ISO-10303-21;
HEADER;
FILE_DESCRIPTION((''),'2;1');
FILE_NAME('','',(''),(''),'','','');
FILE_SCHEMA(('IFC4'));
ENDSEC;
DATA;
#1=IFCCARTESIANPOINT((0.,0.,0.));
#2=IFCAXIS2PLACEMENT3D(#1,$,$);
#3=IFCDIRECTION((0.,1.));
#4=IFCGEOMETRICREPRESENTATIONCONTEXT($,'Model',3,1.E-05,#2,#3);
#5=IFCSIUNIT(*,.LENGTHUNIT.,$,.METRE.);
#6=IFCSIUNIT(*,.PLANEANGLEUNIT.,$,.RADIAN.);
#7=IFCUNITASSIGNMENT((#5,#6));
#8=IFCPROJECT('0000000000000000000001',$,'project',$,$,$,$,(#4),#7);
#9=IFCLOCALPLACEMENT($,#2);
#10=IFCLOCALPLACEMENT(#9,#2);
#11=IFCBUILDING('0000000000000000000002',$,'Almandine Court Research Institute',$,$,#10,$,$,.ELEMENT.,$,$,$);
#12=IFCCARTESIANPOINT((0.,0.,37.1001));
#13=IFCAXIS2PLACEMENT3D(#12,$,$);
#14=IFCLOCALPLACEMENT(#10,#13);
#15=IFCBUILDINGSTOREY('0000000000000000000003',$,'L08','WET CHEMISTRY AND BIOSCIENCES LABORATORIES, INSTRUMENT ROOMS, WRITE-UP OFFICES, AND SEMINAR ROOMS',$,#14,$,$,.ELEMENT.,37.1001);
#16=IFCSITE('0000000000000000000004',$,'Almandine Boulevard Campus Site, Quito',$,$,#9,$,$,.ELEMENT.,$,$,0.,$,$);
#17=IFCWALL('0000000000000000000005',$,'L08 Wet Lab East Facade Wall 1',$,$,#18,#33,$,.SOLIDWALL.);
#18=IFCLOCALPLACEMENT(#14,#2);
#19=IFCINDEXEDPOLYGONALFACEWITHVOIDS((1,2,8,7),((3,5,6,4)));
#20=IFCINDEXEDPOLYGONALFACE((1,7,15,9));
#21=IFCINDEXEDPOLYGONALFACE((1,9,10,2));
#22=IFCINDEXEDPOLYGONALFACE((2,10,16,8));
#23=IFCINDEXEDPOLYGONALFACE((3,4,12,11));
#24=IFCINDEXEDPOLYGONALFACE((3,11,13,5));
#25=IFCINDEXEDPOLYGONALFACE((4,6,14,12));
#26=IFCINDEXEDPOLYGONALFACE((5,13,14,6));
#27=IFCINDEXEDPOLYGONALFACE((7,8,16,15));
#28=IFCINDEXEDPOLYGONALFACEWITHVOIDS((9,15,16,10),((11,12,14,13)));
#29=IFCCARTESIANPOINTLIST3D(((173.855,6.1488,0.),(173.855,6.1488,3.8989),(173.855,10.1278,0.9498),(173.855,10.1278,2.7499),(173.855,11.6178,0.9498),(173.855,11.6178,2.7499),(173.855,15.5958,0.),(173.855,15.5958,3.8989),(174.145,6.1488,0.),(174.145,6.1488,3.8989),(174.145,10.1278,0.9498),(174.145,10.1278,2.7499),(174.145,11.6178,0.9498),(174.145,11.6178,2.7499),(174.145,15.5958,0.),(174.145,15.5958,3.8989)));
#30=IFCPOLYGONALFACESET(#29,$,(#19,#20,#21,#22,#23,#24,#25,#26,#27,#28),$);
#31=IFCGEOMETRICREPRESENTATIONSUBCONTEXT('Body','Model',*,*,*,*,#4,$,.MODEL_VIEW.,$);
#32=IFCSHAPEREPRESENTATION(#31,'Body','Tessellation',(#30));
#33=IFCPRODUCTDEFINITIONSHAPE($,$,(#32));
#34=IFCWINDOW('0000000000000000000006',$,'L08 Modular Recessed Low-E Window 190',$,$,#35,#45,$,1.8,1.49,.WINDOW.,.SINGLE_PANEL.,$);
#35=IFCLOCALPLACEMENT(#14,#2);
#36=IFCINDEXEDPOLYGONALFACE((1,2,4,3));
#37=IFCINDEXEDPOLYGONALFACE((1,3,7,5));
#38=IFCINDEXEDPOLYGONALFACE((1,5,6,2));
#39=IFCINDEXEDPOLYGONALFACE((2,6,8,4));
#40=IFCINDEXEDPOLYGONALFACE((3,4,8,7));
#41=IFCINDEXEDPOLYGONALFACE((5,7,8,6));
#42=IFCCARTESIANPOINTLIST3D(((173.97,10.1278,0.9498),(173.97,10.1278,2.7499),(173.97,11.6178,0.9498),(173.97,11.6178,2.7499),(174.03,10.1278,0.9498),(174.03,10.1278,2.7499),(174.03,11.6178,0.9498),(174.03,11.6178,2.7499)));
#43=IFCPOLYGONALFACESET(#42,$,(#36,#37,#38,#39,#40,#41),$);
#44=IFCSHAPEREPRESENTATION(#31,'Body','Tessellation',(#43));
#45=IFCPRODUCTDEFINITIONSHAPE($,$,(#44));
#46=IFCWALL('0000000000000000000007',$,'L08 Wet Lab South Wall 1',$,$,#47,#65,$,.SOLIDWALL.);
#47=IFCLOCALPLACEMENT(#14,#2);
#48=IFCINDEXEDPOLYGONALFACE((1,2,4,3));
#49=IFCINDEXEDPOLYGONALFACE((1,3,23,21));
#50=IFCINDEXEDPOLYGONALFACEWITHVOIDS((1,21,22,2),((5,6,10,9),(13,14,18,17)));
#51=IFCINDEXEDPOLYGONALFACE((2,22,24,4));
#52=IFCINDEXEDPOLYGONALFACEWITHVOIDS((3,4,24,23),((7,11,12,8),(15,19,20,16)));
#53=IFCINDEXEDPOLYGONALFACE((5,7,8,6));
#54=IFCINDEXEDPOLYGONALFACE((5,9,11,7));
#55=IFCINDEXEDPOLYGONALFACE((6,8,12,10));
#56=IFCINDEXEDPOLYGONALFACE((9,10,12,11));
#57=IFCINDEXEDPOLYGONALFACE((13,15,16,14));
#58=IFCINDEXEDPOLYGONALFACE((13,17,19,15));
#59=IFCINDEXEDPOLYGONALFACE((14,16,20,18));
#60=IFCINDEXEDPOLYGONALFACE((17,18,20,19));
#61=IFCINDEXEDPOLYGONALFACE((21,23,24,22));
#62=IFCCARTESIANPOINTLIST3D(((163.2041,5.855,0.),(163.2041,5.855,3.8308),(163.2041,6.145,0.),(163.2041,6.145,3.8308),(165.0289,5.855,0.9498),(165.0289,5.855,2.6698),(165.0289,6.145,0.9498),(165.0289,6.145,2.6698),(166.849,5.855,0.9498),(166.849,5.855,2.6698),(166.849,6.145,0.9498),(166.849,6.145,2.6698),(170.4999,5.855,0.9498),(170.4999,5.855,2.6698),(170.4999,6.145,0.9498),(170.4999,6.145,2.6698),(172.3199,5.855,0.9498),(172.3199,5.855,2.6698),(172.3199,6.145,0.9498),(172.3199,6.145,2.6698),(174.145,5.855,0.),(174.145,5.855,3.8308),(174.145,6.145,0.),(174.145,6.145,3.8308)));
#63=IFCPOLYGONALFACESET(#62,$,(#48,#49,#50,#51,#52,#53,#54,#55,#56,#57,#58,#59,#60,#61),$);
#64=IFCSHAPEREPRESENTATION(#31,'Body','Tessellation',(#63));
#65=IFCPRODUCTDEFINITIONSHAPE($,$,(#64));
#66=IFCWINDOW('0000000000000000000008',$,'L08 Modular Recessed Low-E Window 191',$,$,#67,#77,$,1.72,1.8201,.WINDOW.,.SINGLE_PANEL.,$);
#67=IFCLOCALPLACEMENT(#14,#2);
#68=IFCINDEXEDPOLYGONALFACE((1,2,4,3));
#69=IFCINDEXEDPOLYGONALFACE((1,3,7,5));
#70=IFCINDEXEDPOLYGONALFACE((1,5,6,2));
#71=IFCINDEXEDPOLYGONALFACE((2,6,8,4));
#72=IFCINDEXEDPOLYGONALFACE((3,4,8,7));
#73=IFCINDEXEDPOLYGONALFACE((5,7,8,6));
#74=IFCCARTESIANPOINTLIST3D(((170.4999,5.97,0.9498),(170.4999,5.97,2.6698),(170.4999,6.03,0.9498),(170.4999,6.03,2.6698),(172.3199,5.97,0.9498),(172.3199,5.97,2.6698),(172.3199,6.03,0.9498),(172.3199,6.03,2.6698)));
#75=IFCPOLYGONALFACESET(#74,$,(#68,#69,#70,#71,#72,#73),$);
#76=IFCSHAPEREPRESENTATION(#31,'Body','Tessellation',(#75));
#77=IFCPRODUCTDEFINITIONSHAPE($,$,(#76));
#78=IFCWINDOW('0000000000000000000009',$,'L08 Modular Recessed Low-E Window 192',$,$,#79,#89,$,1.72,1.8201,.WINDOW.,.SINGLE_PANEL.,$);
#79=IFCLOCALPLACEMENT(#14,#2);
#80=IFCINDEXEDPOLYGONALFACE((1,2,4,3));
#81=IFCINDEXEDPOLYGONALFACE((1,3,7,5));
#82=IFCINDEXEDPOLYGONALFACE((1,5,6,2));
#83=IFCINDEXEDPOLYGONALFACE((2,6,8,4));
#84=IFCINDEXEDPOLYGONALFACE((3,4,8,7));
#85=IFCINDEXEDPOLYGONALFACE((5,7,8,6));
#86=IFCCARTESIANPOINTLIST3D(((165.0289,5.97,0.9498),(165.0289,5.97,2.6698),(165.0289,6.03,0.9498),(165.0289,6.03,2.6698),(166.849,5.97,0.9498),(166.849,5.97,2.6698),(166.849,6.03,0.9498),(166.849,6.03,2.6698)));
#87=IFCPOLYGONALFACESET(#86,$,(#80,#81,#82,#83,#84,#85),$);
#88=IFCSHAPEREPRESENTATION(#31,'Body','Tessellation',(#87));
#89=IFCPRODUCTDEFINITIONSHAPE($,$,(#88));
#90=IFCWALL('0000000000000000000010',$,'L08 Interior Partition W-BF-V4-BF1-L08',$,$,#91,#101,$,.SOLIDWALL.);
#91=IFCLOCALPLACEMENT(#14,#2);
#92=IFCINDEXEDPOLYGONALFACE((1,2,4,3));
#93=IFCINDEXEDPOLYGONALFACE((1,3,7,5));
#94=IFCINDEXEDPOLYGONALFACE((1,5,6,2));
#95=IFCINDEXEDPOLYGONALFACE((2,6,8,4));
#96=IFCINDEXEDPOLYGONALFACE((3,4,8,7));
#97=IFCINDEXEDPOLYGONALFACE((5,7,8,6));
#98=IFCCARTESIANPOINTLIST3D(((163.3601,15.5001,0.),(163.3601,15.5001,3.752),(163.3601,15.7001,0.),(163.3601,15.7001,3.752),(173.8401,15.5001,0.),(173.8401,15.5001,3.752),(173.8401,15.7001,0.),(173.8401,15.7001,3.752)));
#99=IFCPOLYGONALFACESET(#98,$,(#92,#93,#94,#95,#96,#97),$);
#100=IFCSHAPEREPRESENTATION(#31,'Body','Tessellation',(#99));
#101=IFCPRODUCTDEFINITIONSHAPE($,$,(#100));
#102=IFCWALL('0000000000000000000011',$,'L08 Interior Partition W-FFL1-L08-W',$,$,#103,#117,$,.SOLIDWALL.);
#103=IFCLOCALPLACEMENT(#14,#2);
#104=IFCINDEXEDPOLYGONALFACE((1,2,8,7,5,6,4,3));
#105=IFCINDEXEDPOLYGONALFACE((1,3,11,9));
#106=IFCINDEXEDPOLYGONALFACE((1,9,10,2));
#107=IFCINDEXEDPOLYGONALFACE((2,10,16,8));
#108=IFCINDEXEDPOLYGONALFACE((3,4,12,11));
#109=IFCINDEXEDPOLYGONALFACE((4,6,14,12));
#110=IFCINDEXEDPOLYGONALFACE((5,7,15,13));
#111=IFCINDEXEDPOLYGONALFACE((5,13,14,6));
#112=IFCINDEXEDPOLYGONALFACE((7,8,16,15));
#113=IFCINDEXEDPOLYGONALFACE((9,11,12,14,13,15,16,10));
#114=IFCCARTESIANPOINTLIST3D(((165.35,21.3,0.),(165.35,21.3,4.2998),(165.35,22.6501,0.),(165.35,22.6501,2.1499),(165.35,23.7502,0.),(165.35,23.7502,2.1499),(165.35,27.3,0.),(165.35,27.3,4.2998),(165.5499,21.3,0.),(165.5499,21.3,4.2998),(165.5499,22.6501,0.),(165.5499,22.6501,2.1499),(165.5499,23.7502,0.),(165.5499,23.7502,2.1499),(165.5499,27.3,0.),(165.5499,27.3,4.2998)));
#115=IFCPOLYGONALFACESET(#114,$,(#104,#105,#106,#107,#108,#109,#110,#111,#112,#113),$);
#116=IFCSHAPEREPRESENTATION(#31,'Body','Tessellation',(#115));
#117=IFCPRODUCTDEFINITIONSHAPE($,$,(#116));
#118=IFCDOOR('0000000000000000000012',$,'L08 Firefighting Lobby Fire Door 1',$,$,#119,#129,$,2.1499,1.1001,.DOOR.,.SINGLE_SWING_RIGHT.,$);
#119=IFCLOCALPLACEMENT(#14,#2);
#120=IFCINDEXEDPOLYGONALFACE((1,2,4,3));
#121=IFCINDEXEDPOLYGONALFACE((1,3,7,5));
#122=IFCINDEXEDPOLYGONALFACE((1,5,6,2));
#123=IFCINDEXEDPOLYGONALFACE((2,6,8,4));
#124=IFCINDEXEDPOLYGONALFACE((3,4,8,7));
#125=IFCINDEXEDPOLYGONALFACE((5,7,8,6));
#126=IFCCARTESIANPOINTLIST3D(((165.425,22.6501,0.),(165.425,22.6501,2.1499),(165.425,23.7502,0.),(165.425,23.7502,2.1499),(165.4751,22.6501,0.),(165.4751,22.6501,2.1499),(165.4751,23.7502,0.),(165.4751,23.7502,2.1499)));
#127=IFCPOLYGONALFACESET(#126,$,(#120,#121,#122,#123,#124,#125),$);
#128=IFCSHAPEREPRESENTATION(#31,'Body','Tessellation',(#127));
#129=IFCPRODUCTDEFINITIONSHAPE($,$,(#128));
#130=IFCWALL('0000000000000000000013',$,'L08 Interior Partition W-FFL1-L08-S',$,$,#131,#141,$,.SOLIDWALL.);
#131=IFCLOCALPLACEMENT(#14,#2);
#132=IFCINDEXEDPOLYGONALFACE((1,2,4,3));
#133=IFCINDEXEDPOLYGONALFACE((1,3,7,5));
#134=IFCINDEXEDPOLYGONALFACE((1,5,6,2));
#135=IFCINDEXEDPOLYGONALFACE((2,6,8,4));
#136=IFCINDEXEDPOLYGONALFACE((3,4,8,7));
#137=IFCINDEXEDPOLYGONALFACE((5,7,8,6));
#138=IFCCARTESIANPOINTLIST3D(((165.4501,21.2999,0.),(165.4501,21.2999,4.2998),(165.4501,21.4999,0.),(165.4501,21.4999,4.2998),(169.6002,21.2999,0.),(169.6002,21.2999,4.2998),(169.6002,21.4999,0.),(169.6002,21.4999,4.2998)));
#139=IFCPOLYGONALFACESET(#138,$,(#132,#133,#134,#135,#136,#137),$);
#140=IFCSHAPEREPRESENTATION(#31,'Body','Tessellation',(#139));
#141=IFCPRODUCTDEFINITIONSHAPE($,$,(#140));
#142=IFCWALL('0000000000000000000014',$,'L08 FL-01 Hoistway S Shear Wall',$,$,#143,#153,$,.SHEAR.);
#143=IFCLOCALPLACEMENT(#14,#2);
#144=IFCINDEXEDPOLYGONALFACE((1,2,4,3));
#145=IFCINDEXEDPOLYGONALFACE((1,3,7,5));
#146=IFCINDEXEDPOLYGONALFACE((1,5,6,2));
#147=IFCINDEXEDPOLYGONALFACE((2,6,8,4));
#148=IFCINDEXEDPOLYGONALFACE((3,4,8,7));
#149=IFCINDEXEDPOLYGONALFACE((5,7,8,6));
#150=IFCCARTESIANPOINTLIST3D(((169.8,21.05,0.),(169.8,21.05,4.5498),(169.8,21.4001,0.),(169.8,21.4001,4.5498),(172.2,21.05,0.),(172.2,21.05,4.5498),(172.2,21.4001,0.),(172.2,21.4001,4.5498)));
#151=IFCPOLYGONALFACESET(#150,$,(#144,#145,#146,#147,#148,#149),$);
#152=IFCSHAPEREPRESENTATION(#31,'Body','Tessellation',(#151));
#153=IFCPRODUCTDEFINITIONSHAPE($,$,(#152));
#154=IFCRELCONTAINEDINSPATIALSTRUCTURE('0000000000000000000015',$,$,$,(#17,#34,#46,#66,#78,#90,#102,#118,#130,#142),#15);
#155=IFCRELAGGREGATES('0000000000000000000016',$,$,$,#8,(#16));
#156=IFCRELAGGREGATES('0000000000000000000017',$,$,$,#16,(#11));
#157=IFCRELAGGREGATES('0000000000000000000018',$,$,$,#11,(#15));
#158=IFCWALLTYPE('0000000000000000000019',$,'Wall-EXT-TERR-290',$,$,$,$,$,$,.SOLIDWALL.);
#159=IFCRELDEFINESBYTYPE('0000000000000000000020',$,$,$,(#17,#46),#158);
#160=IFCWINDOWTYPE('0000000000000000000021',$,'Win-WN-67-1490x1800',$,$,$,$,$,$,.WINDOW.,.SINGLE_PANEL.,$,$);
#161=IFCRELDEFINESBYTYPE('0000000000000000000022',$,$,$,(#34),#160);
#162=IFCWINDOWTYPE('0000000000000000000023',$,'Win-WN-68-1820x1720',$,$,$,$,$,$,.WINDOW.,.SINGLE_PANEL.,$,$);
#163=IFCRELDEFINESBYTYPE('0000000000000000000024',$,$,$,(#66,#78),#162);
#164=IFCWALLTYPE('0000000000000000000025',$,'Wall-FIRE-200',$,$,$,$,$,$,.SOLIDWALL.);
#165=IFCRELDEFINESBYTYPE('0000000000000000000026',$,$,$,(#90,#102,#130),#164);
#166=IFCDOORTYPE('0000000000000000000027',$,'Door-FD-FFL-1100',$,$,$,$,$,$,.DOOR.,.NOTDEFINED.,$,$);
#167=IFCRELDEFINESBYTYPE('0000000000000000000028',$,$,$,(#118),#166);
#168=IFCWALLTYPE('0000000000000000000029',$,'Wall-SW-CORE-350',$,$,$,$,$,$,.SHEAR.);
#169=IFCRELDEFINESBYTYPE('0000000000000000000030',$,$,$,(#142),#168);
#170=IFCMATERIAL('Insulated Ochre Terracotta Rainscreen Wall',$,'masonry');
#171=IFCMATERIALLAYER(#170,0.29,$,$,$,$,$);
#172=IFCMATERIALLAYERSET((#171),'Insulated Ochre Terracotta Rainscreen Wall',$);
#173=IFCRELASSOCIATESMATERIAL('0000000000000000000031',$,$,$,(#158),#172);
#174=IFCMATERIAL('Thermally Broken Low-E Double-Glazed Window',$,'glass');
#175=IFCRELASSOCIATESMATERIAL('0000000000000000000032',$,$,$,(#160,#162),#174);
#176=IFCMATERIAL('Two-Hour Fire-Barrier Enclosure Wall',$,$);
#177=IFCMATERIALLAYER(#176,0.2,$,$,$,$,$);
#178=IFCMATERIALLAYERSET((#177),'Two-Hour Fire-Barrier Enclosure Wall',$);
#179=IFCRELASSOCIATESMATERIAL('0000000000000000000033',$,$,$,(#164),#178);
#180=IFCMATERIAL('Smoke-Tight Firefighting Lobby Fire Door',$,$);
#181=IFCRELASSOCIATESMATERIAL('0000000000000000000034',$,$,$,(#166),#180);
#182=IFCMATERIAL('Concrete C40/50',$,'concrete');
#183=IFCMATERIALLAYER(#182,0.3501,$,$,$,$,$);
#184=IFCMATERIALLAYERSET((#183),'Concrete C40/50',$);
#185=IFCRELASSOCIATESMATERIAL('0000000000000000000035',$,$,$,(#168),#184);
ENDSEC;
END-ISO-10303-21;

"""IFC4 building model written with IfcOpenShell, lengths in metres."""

from ifc_helpers import new_model, si_unit, direction, frame, frame_2d, origin, place, context, subcontext, project, spatial, rectangle, extrude, material, layer, layer_set, type_object, element, fill, save


model = new_model("IFC4")

# Units and contexts
model_context = context("Model", 3, precision=1e-05, world=origin(), true_north=direction((0.0, 1.0)))
body_context = subcontext(model_context, "Body", "Model", "MODEL_VIEW")
ifc_project = project(units=[si_unit("LENGTHUNIT", "METRE"), si_unit("PLANEANGLEUNIT", "RADIAN")], contexts=[model_context])

# Site, building, storey
site_placement = place(None, origin())
site = spatial("IfcSite", under=ifc_project, at=site_placement, Name="Almandine Boulevard Campus Site, Quito", CompositionType="ELEMENT", RefElevation=0.0)
building_placement = place(site_placement, origin())
building = spatial("IfcBuilding", under=site, at=building_placement, Name="Almandine Court Research Institute", CompositionType="ELEMENT")
storey_placement = place(building_placement, frame((0.0, 0.0, 37.1001)))
storey = spatial("IfcBuildingStorey", under=building, at=storey_placement, Name="L08", Description="WET CHEMISTRY AND BIOSCIENCES LABORATORIES, INSTRUMENT ROOMS, WRITE-UP OFFICES, AND SEMINAR ROOMS", CompositionType="ELEMENT", Elevation=37.1001)

# Wall, opening, window
ifc_material_1 = material(Name="Insulated Ochre Terracotta Rainscreen Wall", Category="masonry")
ifc_layer_1 = layer(ifc_material_1, 0.29)
ifc_layer_set_1 = layer_set([ifc_layer_1], Name="Insulated Ochre Terracotta Rainscreen Wall")
wall_type_1 = type_object("IfcWallType", Name="Wall-EXT-TERR-290", PredefinedType="SOLIDWALL", material=ifc_layer_set_1)
wall_1_placement = place(storey_placement, frame((174.0, 15.5959, 0.0), z_axis=(0.0, 0.0, 1.0), x_axis=(0.0, -1.0, 0.0)))
wall_1 = element("IfcWall", 1, at=wall_1_placement, inside=storey, type_object=wall_type_1, Name="L08 Wet Lab East Facade Wall 1", PredefinedType="SOLIDWALL", context=body_context, shape_type="SweptSolid", body=[
    extrude(rectangle(XDim=9.447, YDim=0.29, at=frame_2d((4.7236, 0.0))), origin(), (0.0, 0.0, 1.0), 3.8989),
])
opening_1_placement = place(wall_1_placement, frame((3.978, 0.0, 0.95)))
opening_1 = element("IfcOpeningElement", 2, at=opening_1_placement, cuts=wall_1, PredefinedType="OPENING", context=body_context, shape_type="SweptSolid", body=[
    extrude(rectangle(XDim=1.49, YDim=1.8, at=frame_2d((0.7451, 0.8999))), frame((0.0, 0.155, 0.0), z_axis=(0.0, -1.0, 0.0), x_axis=(1.0, 0.0, 0.0)), (0.0, 0.0, 1.0), 0.3101),
])
ifc_material_2 = material(Name="Thermally Broken Low-E Double-Glazed Window", Category="glass")
window_type_1 = type_object("IfcWindowType", Name="Win-WN-67-1490x1800", PartitioningType="SINGLE_PANEL", PredefinedType="WINDOW", material=ifc_material_2)
window_1_placement = place(opening_1_placement, origin())
window_1 = element("IfcWindow", 3, at=window_1_placement, inside=storey, type_object=window_type_1, Name="L08 Modular Recessed Low-E Window 190", OverallHeight=1.8, OverallWidth=1.49, PartitioningType="SINGLE_PANEL", PredefinedType="WINDOW", context=body_context, shape_type="SweptSolid", body=[
    extrude(rectangle(XDim=1.49, YDim=1.8, at=frame_2d((0.7451, 0.8999))), frame((0.0, 0.03, 0.0), z_axis=(0.0, -1.0, 0.0), x_axis=(1.0, 0.0, 0.0)), (0.0, 0.0, 1.0), 0.0601),
])
fill(opening_1, window_1)

# Wall, openings, windows
wall_2_placement = place(storey_placement, frame((174.145, 6.0, 0.0), z_axis=(0.0, 0.0, 1.0), x_axis=(-1.0, 0.0, 0.0)))
wall_2 = element("IfcWall", 4, at=wall_2_placement, inside=storey, type_object=wall_type_1, Name="L08 Wet Lab South Wall 1", PredefinedType="SOLIDWALL", context=body_context, shape_type="SweptSolid", body=[
    extrude(rectangle(XDim=10.9409, YDim=0.29, at=frame_2d((5.4705, 0.0))), origin(), (0.0, 0.0, 1.0), 3.8308),
])
opening_2_placement = place(wall_2_placement, frame((1.825, 0.0, 0.95)))
opening_2 = element("IfcOpeningElement", 5, at=opening_2_placement, cuts=wall_2, PredefinedType="OPENING", context=body_context, shape_type="SweptSolid", body=[
    extrude(rectangle(XDim=1.8201, YDim=1.72, at=frame_2d((0.9102, 0.8599))), frame((0.0, 0.155, 0.0), z_axis=(0.0, -1.0, 0.0), x_axis=(1.0, 0.0, 0.0)), (0.0, 0.0, 1.0), 0.3101),
])
opening_3_placement = place(wall_2_placement, frame((7.2959, 0.0, 0.95)))
opening_3 = element("IfcOpeningElement", 6, at=opening_3_placement, cuts=wall_2, PredefinedType="OPENING", context=body_context, shape_type="SweptSolid", body=[
    extrude(rectangle(XDim=1.8201, YDim=1.72, at=frame_2d((0.9102, 0.8599))), frame((0.0, 0.155, 0.0), z_axis=(0.0, -1.0, 0.0), x_axis=(1.0, 0.0, 0.0)), (0.0, 0.0, 1.0), 0.3101),
])
window_type_2 = type_object("IfcWindowType", Name="Win-WN-68-1820x1720", PartitioningType="SINGLE_PANEL", PredefinedType="WINDOW", material=ifc_material_2)
window_2_placement = place(opening_2_placement, origin())
window_2 = element("IfcWindow", 7, at=window_2_placement, inside=storey, type_object=window_type_2, Name="L08 Modular Recessed Low-E Window 191", OverallHeight=1.72, OverallWidth=1.8201, PartitioningType="SINGLE_PANEL", PredefinedType="WINDOW", context=body_context, shape_type="SweptSolid", body=[
    extrude(rectangle(XDim=1.8201, YDim=1.72, at=frame_2d((0.9102, 0.8599))), frame((0.0, 0.03, 0.0), z_axis=(0.0, -1.0, 0.0), x_axis=(1.0, 0.0, 0.0)), (0.0, 0.0, 1.0), 0.0601),
])
fill(opening_2, window_2)
window_3_placement = place(opening_3_placement, origin())
window_3 = element("IfcWindow", 8, at=window_3_placement, inside=storey, type_object=window_type_2, Name="L08 Modular Recessed Low-E Window 192", OverallHeight=1.72, OverallWidth=1.8201, PartitioningType="SINGLE_PANEL", PredefinedType="WINDOW", context=body_context, shape_type="SweptSolid", body=[
    extrude(rectangle(XDim=1.8201, YDim=1.72, at=frame_2d((0.9102, 0.8599))), frame((0.0, 0.03, 0.0), z_axis=(0.0, -1.0, 0.0), x_axis=(1.0, 0.0, 0.0)), (0.0, 0.0, 1.0), 0.0601),
])
fill(opening_3, window_3)

# Wall
ifc_material_3 = material(Name="Two-Hour Fire-Barrier Enclosure Wall")
ifc_layer_2 = layer(ifc_material_3, 0.2)
ifc_layer_set_2 = layer_set([ifc_layer_2], Name="Two-Hour Fire-Barrier Enclosure Wall")
wall_type_2 = type_object("IfcWallType", Name="Wall-FIRE-200", PredefinedType="SOLIDWALL", material=ifc_layer_set_2)
wall_3_placement = place(storey_placement, frame((163.3601, 15.6001, 0.0), z_axis=(0.0, 0.0, 1.0), x_axis=(1.0, 0.0, 0.0)))
element("IfcWall", 9, at=wall_3_placement, inside=storey, type_object=wall_type_2, Name="L08 Interior Partition W-BF-V4-BF1-L08", PredefinedType="SOLIDWALL", context=body_context, shape_type="SweptSolid", body=[
    extrude(rectangle(XDim=10.48, YDim=0.2, at=frame_2d((5.24, 0.0))), origin(), (0.0, 0.0, 1.0), 3.752),
])

# Wall, opening, door
wall_4_placement = place(storey_placement, frame((165.45, 21.3, 0.0), z_axis=(0.0, 0.0, 1.0), x_axis=(0.0, 1.0, 0.0)))
wall_4 = element("IfcWall", 10, at=wall_4_placement, inside=storey, type_object=wall_type_2, Name="L08 Interior Partition W-FFL1-L08-W", PredefinedType="SOLIDWALL", context=body_context, shape_type="SweptSolid", body=[
    extrude(rectangle(XDim=6.0, YDim=0.2, at=frame_2d((3.0, 0.0))), origin(), (0.0, 0.0, 1.0), 4.2998),
])
opening_4_placement = place(wall_4_placement, frame((1.3501, 0.0, 0.0)))
opening_4 = element("IfcOpeningElement", 11, at=opening_4_placement, cuts=wall_4, PredefinedType="OPENING", context=body_context, shape_type="SweptSolid", body=[
    extrude(rectangle(XDim=1.1001, YDim=2.1499, at=frame_2d((0.55, 1.075))), frame((0.0, 0.1099, 0.0), z_axis=(0.0, -1.0, 0.0), x_axis=(1.0, 0.0, 0.0)), (0.0, 0.0, 1.0), 0.22),
])
ifc_material_4 = material(Name="Smoke-Tight Firefighting Lobby Fire Door")
door_type_1 = type_object("IfcDoorType", Name="Door-FD-FFL-1100", OperationType="NOTDEFINED", PredefinedType="DOOR", material=ifc_material_4)
door_1_placement = place(opening_4_placement, origin())
door_1 = element("IfcDoor", 12, at=door_1_placement, inside=storey, type_object=door_type_1, Name="L08 Firefighting Lobby Fire Door 1", OperationType="SINGLE_SWING_RIGHT", OverallHeight=2.1499, OverallWidth=1.1001, PredefinedType="DOOR", context=body_context, shape_type="SweptSolid", body=[
    extrude(rectangle(XDim=1.1001, YDim=2.1499, at=frame_2d((0.55, 1.075))), frame((0.0, 0.0249, 0.0), z_axis=(0.0, -1.0, 0.0), x_axis=(1.0, 0.0, 0.0)), (0.0, 0.0, 1.0), 0.05),
])
fill(opening_4, door_1)

# Wall
wall_5_placement = place(storey_placement, frame((165.45, 21.3999, 0.0), z_axis=(0.0, 0.0, 1.0), x_axis=(1.0, 0.0, 0.0)))
element("IfcWall", 13, at=wall_5_placement, inside=storey, type_object=wall_type_2, Name="L08 Interior Partition W-FFL1-L08-S", PredefinedType="SOLIDWALL", context=body_context, shape_type="SweptSolid", body=[
    extrude(rectangle(XDim=4.1501, YDim=0.2, at=frame_2d((2.0752, 0.0))), origin(), (0.0, 0.0, 1.0), 4.2998),
])

# Shared definitions
ifc_material_5 = material(Name="Concrete C40/50", Category="concrete")
ifc_layer_3 = layer(ifc_material_5, 0.3501)
ifc_layer_set_3 = layer_set([ifc_layer_3], Name="Concrete C40/50")
wall_type_3 = type_object("IfcWallType", Name="Wall-SW-CORE-350", PredefinedType="SHEAR", material=ifc_layer_set_3)

# Wall
wall_6_placement = place(storey_placement, frame((172.2, 21.2251, 0.0), z_axis=(0.0, 0.0, 1.0), x_axis=(-1.0, 0.0, 0.0)))
element("IfcWall", 14, at=wall_6_placement, inside=storey, type_object=wall_type_3, Name="L08 FL-01 Hoistway S Shear Wall", PredefinedType="SHEAR", context=body_context, shape_type="SweptSolid", body=[
    extrude(rectangle(XDim=2.3999, YDim=0.3501, at=frame_2d((1.2, 0.0))), origin(), (0.0, 0.0, 1.0), 4.5498),
])

save(model, "model.ifc")
